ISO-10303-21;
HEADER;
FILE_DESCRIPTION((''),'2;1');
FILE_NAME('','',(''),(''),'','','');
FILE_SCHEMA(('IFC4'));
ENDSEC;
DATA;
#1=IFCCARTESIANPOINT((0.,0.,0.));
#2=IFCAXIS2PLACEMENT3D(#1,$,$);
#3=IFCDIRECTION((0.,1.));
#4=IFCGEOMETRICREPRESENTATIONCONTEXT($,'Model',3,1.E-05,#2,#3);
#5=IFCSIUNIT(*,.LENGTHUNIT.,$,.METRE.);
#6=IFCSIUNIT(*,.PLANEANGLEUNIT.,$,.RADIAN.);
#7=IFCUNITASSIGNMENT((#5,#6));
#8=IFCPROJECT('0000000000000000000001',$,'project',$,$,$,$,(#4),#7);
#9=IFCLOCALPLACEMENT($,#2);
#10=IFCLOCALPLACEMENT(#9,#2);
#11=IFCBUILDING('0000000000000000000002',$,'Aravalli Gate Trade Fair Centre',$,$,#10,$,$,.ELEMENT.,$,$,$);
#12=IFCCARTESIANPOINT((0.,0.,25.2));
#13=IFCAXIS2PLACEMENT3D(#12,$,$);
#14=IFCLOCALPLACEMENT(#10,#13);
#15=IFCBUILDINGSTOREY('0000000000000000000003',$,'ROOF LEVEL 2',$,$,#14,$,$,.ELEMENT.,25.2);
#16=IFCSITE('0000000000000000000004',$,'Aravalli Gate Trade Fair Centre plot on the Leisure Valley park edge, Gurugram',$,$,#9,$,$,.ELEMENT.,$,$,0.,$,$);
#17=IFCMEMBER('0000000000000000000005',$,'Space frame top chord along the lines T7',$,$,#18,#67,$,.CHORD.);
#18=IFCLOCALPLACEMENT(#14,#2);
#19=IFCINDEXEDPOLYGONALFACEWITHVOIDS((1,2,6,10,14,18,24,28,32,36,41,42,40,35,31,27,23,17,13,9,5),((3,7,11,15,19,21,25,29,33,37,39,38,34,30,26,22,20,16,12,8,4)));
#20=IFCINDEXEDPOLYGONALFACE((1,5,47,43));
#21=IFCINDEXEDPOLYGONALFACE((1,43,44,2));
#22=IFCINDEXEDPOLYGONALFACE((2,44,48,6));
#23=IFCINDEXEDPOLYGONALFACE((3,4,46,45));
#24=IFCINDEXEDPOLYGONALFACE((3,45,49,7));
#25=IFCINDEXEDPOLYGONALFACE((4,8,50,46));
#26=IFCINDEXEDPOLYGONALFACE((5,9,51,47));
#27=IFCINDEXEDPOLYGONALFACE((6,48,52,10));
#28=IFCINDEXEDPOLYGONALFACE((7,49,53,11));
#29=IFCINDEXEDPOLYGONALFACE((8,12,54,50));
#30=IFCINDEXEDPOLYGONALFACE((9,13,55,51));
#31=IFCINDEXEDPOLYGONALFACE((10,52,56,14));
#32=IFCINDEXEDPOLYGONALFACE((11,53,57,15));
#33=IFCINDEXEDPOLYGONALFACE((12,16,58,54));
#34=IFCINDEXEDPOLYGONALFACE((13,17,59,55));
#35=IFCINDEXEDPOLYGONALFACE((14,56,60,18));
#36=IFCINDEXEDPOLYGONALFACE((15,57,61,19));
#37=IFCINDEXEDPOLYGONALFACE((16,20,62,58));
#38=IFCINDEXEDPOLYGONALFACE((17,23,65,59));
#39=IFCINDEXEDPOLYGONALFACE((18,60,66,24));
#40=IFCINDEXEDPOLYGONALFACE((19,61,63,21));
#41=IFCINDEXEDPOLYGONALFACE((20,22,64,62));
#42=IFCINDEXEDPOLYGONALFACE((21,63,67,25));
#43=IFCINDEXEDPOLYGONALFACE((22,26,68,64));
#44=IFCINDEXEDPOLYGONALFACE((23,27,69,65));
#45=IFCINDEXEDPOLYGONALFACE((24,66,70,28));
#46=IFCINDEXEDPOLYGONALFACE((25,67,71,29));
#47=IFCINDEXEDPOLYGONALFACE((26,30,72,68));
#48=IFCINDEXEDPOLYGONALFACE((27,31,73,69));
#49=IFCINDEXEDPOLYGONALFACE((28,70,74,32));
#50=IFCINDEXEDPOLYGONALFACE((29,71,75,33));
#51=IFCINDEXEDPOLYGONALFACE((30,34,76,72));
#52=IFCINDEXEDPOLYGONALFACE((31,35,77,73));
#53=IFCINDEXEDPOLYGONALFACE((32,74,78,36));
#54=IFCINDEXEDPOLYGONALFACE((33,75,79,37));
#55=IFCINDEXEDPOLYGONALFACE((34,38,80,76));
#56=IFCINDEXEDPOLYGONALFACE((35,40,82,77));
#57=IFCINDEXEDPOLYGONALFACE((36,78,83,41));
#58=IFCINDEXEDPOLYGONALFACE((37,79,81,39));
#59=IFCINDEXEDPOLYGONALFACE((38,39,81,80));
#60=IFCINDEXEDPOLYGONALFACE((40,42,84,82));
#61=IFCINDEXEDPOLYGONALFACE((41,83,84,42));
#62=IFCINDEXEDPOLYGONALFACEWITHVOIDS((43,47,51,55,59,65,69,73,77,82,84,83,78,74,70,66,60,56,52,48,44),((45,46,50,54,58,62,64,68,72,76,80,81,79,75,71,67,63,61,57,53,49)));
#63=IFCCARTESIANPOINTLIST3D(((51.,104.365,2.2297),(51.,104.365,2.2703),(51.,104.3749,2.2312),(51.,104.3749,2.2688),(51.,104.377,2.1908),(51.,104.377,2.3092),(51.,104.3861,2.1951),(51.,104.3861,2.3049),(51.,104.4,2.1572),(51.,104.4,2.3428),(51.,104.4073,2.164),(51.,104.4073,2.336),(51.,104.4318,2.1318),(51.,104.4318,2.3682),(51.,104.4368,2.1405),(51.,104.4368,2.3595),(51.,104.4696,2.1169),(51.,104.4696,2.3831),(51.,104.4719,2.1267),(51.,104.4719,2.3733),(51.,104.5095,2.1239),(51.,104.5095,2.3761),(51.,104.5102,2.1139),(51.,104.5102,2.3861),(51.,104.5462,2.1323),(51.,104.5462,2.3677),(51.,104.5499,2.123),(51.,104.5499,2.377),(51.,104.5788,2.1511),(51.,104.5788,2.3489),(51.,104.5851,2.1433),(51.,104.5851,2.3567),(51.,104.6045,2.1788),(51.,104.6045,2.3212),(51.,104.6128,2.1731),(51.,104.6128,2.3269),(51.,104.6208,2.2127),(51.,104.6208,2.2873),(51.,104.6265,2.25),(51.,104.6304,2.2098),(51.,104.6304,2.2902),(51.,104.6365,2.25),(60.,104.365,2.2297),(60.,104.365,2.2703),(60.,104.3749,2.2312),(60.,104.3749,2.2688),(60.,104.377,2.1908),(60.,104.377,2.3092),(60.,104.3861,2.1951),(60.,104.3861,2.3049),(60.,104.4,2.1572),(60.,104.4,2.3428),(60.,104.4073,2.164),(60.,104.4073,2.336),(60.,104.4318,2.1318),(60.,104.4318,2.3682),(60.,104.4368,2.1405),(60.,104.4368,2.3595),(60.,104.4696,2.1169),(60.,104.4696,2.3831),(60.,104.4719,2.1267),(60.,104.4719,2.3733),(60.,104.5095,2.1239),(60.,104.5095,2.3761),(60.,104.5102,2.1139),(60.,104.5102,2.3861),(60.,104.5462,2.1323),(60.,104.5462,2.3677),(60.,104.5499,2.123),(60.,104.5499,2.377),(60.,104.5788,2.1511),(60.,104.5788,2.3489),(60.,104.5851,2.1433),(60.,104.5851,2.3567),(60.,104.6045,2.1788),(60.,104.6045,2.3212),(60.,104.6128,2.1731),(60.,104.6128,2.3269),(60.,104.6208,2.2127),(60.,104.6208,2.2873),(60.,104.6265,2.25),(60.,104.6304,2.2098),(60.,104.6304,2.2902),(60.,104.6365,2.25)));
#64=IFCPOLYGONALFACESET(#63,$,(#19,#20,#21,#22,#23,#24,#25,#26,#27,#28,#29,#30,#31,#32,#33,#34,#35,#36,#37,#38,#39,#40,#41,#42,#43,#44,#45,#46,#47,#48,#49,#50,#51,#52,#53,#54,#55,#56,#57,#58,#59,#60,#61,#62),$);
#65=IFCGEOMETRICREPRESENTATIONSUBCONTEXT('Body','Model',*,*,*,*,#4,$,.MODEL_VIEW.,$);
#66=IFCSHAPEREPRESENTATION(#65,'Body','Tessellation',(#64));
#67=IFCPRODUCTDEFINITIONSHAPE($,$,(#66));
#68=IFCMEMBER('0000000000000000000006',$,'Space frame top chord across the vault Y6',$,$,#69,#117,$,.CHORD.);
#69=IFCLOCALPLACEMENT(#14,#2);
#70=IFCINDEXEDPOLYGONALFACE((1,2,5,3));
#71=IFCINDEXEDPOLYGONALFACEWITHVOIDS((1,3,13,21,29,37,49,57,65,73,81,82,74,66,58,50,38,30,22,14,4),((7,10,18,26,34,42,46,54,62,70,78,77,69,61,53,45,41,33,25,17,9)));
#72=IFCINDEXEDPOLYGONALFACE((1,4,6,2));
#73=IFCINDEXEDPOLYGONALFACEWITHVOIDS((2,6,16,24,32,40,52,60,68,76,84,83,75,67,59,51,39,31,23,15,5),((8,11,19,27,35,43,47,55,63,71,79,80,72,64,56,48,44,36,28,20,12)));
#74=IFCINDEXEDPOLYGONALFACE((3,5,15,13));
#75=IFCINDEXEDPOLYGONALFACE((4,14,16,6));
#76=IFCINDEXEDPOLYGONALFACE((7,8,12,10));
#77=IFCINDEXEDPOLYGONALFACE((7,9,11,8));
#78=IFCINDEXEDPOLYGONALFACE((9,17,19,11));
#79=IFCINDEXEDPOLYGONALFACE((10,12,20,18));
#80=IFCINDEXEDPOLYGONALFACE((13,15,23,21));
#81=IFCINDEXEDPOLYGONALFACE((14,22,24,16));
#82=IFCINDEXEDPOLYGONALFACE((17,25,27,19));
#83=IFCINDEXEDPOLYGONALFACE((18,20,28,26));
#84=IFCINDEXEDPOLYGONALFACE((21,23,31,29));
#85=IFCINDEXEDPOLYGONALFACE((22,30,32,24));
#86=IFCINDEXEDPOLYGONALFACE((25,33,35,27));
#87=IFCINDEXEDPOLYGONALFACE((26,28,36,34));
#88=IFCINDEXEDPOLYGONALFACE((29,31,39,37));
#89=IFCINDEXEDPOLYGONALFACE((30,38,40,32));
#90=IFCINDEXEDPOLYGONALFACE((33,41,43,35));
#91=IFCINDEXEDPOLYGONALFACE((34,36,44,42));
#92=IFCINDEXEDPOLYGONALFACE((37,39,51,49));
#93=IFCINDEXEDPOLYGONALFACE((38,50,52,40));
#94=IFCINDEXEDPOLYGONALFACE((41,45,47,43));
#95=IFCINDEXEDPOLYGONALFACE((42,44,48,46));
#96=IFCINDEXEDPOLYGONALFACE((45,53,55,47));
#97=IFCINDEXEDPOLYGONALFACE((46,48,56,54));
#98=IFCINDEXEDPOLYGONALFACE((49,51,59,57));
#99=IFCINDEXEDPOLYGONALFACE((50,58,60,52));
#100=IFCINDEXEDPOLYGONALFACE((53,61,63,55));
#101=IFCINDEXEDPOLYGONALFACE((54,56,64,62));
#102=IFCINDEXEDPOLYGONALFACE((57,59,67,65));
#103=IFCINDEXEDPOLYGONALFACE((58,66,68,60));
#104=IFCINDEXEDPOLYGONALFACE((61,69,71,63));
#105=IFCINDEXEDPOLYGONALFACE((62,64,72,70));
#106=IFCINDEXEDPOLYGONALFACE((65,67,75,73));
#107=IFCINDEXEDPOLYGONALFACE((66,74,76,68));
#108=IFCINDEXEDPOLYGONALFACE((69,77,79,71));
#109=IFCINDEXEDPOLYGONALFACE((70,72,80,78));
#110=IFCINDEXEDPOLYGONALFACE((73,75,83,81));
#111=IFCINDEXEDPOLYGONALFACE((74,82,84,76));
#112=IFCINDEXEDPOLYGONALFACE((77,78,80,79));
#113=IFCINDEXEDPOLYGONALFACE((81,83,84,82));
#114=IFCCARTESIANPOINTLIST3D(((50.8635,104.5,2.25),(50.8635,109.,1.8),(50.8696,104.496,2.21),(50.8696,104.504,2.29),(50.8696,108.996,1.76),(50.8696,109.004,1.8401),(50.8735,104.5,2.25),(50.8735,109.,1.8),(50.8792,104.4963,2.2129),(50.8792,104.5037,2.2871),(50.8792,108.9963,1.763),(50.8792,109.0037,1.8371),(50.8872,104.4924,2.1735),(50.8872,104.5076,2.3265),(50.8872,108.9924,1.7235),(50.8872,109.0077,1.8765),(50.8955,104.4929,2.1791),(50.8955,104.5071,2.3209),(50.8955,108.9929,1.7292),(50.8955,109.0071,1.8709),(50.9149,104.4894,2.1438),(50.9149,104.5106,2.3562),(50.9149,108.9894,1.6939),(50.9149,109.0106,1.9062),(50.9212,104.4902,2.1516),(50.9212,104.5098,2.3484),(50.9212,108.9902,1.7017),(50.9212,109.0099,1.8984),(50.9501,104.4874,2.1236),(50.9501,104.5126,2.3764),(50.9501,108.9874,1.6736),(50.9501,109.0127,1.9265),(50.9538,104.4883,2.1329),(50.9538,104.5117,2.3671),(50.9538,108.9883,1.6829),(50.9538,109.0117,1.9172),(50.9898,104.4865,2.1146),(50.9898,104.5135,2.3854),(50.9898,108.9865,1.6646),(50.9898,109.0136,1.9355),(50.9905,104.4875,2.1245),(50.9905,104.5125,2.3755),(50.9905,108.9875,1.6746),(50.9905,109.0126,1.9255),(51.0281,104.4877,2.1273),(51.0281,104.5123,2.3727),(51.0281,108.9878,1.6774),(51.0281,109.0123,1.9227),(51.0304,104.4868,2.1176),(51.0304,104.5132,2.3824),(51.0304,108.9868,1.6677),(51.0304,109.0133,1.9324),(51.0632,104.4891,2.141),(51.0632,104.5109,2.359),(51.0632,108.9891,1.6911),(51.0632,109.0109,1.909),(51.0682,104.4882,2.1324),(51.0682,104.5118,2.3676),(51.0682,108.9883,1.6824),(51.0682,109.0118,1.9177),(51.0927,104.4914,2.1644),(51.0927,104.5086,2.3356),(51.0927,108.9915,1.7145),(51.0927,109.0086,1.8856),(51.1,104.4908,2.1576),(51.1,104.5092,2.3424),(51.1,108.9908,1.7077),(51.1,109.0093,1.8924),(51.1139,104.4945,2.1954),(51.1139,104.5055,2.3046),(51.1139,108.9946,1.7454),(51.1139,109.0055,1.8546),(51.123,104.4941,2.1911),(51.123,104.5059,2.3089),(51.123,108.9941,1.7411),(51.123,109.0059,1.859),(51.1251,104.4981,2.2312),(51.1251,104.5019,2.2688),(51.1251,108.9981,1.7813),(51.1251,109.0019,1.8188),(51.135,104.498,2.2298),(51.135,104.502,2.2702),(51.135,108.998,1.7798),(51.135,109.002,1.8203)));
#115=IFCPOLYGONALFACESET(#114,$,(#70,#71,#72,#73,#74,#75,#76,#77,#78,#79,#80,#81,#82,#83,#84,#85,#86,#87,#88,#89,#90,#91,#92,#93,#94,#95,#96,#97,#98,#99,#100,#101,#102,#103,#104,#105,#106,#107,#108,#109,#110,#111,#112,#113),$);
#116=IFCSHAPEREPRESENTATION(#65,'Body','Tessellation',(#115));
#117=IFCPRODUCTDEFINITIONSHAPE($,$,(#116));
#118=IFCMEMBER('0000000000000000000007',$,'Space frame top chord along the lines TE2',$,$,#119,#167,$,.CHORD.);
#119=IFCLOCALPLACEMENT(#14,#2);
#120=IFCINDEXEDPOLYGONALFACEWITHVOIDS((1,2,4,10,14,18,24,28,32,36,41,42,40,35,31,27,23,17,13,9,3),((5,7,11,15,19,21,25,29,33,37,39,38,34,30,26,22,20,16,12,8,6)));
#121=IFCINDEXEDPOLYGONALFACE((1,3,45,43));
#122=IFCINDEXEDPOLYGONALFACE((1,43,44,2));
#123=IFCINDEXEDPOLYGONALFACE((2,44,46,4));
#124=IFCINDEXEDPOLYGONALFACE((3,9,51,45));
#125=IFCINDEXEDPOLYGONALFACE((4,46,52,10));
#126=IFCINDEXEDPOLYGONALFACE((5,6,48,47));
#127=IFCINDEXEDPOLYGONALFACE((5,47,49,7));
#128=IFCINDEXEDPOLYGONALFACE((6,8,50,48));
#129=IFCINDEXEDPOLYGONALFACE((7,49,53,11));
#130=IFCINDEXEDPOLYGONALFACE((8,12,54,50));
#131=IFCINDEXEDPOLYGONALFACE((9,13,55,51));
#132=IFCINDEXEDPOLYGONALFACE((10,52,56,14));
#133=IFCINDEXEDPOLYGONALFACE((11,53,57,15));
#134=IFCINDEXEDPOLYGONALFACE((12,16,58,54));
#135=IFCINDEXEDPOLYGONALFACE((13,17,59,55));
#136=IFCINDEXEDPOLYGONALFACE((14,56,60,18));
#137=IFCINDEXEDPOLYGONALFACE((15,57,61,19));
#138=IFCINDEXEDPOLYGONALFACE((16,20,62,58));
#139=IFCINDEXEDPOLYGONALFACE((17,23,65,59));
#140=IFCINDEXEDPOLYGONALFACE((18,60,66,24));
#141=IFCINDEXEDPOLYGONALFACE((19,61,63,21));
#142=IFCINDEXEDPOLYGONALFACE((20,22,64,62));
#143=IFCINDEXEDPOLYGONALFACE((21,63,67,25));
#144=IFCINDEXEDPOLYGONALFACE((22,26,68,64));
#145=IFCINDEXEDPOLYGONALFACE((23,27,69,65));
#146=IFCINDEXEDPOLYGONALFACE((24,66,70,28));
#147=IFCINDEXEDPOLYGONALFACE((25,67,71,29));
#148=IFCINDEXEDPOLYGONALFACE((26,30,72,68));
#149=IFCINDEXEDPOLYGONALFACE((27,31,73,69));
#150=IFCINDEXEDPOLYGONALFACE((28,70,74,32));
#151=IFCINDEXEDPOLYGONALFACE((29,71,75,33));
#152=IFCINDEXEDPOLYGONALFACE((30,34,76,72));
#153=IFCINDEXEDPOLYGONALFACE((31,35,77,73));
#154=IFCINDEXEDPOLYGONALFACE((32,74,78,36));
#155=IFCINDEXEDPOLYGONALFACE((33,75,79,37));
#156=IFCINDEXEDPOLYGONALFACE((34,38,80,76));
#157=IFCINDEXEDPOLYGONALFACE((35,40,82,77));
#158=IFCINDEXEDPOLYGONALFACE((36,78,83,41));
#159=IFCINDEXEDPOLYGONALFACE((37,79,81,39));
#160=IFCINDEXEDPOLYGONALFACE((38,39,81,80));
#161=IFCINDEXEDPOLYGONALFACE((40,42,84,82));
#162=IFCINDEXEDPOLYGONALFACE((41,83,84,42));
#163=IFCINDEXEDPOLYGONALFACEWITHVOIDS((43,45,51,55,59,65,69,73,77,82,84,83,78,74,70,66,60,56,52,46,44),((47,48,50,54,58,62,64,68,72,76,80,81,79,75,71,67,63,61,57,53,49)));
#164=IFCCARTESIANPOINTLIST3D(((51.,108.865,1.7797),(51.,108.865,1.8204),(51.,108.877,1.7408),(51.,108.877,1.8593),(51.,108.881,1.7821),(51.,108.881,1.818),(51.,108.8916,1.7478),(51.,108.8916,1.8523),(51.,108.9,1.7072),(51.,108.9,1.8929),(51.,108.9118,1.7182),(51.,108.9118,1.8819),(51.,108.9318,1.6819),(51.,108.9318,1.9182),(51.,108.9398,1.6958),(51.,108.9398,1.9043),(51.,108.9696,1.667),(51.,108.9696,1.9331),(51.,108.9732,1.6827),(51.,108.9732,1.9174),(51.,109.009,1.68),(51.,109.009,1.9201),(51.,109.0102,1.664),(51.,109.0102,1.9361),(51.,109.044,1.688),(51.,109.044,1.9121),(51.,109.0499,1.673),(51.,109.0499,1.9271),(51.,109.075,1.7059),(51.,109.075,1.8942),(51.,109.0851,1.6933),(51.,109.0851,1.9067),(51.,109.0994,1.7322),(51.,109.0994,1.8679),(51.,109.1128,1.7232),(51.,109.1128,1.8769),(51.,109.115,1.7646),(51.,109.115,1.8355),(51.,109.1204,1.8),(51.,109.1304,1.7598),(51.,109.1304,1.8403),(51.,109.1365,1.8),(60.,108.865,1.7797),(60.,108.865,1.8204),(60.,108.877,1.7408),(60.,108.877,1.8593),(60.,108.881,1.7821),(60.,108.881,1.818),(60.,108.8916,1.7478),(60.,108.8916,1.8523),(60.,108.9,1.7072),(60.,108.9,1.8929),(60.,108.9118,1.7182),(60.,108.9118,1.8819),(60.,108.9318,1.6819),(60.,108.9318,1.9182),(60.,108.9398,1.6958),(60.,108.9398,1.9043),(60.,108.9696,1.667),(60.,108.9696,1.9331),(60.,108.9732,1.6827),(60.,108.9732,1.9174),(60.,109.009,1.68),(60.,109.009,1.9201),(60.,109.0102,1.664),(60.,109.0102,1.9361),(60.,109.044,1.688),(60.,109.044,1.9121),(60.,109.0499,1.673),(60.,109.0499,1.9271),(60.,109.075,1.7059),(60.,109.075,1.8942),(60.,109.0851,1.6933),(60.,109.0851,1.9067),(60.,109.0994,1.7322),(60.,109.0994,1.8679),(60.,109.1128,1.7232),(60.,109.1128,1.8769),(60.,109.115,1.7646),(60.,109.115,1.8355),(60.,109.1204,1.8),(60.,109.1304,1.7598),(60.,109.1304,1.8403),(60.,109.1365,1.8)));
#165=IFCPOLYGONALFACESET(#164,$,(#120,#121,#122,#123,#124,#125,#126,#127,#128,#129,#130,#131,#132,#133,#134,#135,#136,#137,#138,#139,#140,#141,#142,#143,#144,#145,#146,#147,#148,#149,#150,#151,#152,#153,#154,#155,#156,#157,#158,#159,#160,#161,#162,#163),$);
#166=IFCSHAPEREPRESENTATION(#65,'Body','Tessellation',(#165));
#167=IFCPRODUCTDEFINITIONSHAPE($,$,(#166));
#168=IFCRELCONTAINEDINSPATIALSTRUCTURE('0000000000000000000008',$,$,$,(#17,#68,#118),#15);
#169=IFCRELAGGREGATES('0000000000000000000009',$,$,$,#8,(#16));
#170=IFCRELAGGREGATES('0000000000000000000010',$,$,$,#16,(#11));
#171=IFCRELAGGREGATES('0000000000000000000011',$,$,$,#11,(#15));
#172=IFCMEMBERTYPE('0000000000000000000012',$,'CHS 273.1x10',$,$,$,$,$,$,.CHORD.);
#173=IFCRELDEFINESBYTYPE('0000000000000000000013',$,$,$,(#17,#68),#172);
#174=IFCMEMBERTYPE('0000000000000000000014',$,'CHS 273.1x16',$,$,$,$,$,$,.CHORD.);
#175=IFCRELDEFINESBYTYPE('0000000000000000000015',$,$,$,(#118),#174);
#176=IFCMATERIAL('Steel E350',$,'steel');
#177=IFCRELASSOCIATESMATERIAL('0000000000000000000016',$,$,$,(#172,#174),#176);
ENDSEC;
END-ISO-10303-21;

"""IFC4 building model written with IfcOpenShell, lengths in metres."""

from ifc_helpers import new_model, si_unit, direction, frame, origin, origin_2d, place, context, subcontext, project, spatial, hollow_circle, extrude, material, material_profile, profile_set, type_object, element, save


model = new_model("IFC4")

# Units and contexts
model_context = context("Model", 3, precision=1e-05, world=origin(), true_north=direction((0.0, 1.0)))
body_context = subcontext(model_context, "Body", "Model", "MODEL_VIEW")
ifc_project = project(units=[si_unit("LENGTHUNIT", "METRE"), si_unit("PLANEANGLEUNIT", "RADIAN")], contexts=[model_context])

# Site, building, storey
site_placement = place(None, origin())
site = spatial("IfcSite", under=ifc_project, at=site_placement, Name="Aravalli Gate Trade Fair Centre plot on the Leisure Valley park edge, Gurugram", CompositionType="ELEMENT", RefElevation=0.0)
building_placement = place(site_placement, origin())
building = spatial("IfcBuilding", under=site, at=building_placement, Name="Aravalli Gate Trade Fair Centre", CompositionType="ELEMENT")
storey_placement = place(building_placement, frame((0.0, 0.0, 25.2)))
storey = spatial("IfcBuildingStorey", under=building, at=storey_placement, Name="ROOF LEVEL 2", CompositionType="ELEMENT", Elevation=25.2)

# Members
ifc_material_1 = material(Name="Steel E350", Category="steel")
ifc_material_profile_1 = material_profile(ifc_material_1, hollow_circle(Radius=0.1365, WallThickness=0.01, at=origin_2d()), Name="CHS 273.1x10")
ifc_profile_set_1 = profile_set([ifc_material_profile_1], Name="Steel E350")
member_type_1 = type_object("IfcMemberType", Name="CHS 273.1x10", PredefinedType="CHORD", material=ifc_profile_set_1)
member_1_placement = place(storey_placement, frame((51.0, 104.5, 2.25), z_axis=(1.0, 0.0, 0.0), x_axis=(0.0, 1.0, 0.0)))
element("IfcMember", 1, at=member_1_placement, inside=storey, type_object=member_type_1, Name="Space frame top chord along the lines T7", PredefinedType="CHORD", context=body_context, shape_type="SweptSolid", body=[
    extrude(hollow_circle(Radius=0.1365, WallThickness=0.01, at=origin_2d()), origin(), (0.0, 0.0, 1.0), 9.0),
])
member_2_placement = place(storey_placement, frame((51.0, 104.5, 2.25), z_axis=(0.0, 0.995038, -0.099493), x_axis=(-1.0, 0.0, 0.0)))
element("IfcMember", 2, at=member_2_placement, inside=storey, type_object=member_type_1, Name="Space frame top chord across the vault Y6", PredefinedType="CHORD", context=body_context, shape_type="SweptSolid", body=[
    extrude(hollow_circle(Radius=0.1365, WallThickness=0.01, at=origin_2d()), origin(), (0.0, 0.0, 1.0), 4.5225),
])
ifc_material_profile_2 = material_profile(ifc_material_1, hollow_circle(Radius=0.1365, WallThickness=0.0161, at=origin_2d()), Name="CHS 273.1x16")
ifc_profile_set_2 = profile_set([ifc_material_profile_2], Name="Steel E350")
member_type_2 = type_object("IfcMemberType", Name="CHS 273.1x16", PredefinedType="CHORD", material=ifc_profile_set_2)
member_3_placement = place(storey_placement, frame((51.0, 109.0, 1.8), z_axis=(1.0, 0.0, 0.0), x_axis=(0.0, 1.0, 0.0)))
element("IfcMember", 3, at=member_3_placement, inside=storey, type_object=member_type_2, Name="Space frame top chord along the lines TE2", PredefinedType="CHORD", context=body_context, shape_type="SweptSolid", body=[
    extrude(hollow_circle(Radius=0.1365, WallThickness=0.0161, at=origin_2d()), origin(), (0.0, 0.0, 1.0), 9.0),
])

save(model, "model.ifc")
